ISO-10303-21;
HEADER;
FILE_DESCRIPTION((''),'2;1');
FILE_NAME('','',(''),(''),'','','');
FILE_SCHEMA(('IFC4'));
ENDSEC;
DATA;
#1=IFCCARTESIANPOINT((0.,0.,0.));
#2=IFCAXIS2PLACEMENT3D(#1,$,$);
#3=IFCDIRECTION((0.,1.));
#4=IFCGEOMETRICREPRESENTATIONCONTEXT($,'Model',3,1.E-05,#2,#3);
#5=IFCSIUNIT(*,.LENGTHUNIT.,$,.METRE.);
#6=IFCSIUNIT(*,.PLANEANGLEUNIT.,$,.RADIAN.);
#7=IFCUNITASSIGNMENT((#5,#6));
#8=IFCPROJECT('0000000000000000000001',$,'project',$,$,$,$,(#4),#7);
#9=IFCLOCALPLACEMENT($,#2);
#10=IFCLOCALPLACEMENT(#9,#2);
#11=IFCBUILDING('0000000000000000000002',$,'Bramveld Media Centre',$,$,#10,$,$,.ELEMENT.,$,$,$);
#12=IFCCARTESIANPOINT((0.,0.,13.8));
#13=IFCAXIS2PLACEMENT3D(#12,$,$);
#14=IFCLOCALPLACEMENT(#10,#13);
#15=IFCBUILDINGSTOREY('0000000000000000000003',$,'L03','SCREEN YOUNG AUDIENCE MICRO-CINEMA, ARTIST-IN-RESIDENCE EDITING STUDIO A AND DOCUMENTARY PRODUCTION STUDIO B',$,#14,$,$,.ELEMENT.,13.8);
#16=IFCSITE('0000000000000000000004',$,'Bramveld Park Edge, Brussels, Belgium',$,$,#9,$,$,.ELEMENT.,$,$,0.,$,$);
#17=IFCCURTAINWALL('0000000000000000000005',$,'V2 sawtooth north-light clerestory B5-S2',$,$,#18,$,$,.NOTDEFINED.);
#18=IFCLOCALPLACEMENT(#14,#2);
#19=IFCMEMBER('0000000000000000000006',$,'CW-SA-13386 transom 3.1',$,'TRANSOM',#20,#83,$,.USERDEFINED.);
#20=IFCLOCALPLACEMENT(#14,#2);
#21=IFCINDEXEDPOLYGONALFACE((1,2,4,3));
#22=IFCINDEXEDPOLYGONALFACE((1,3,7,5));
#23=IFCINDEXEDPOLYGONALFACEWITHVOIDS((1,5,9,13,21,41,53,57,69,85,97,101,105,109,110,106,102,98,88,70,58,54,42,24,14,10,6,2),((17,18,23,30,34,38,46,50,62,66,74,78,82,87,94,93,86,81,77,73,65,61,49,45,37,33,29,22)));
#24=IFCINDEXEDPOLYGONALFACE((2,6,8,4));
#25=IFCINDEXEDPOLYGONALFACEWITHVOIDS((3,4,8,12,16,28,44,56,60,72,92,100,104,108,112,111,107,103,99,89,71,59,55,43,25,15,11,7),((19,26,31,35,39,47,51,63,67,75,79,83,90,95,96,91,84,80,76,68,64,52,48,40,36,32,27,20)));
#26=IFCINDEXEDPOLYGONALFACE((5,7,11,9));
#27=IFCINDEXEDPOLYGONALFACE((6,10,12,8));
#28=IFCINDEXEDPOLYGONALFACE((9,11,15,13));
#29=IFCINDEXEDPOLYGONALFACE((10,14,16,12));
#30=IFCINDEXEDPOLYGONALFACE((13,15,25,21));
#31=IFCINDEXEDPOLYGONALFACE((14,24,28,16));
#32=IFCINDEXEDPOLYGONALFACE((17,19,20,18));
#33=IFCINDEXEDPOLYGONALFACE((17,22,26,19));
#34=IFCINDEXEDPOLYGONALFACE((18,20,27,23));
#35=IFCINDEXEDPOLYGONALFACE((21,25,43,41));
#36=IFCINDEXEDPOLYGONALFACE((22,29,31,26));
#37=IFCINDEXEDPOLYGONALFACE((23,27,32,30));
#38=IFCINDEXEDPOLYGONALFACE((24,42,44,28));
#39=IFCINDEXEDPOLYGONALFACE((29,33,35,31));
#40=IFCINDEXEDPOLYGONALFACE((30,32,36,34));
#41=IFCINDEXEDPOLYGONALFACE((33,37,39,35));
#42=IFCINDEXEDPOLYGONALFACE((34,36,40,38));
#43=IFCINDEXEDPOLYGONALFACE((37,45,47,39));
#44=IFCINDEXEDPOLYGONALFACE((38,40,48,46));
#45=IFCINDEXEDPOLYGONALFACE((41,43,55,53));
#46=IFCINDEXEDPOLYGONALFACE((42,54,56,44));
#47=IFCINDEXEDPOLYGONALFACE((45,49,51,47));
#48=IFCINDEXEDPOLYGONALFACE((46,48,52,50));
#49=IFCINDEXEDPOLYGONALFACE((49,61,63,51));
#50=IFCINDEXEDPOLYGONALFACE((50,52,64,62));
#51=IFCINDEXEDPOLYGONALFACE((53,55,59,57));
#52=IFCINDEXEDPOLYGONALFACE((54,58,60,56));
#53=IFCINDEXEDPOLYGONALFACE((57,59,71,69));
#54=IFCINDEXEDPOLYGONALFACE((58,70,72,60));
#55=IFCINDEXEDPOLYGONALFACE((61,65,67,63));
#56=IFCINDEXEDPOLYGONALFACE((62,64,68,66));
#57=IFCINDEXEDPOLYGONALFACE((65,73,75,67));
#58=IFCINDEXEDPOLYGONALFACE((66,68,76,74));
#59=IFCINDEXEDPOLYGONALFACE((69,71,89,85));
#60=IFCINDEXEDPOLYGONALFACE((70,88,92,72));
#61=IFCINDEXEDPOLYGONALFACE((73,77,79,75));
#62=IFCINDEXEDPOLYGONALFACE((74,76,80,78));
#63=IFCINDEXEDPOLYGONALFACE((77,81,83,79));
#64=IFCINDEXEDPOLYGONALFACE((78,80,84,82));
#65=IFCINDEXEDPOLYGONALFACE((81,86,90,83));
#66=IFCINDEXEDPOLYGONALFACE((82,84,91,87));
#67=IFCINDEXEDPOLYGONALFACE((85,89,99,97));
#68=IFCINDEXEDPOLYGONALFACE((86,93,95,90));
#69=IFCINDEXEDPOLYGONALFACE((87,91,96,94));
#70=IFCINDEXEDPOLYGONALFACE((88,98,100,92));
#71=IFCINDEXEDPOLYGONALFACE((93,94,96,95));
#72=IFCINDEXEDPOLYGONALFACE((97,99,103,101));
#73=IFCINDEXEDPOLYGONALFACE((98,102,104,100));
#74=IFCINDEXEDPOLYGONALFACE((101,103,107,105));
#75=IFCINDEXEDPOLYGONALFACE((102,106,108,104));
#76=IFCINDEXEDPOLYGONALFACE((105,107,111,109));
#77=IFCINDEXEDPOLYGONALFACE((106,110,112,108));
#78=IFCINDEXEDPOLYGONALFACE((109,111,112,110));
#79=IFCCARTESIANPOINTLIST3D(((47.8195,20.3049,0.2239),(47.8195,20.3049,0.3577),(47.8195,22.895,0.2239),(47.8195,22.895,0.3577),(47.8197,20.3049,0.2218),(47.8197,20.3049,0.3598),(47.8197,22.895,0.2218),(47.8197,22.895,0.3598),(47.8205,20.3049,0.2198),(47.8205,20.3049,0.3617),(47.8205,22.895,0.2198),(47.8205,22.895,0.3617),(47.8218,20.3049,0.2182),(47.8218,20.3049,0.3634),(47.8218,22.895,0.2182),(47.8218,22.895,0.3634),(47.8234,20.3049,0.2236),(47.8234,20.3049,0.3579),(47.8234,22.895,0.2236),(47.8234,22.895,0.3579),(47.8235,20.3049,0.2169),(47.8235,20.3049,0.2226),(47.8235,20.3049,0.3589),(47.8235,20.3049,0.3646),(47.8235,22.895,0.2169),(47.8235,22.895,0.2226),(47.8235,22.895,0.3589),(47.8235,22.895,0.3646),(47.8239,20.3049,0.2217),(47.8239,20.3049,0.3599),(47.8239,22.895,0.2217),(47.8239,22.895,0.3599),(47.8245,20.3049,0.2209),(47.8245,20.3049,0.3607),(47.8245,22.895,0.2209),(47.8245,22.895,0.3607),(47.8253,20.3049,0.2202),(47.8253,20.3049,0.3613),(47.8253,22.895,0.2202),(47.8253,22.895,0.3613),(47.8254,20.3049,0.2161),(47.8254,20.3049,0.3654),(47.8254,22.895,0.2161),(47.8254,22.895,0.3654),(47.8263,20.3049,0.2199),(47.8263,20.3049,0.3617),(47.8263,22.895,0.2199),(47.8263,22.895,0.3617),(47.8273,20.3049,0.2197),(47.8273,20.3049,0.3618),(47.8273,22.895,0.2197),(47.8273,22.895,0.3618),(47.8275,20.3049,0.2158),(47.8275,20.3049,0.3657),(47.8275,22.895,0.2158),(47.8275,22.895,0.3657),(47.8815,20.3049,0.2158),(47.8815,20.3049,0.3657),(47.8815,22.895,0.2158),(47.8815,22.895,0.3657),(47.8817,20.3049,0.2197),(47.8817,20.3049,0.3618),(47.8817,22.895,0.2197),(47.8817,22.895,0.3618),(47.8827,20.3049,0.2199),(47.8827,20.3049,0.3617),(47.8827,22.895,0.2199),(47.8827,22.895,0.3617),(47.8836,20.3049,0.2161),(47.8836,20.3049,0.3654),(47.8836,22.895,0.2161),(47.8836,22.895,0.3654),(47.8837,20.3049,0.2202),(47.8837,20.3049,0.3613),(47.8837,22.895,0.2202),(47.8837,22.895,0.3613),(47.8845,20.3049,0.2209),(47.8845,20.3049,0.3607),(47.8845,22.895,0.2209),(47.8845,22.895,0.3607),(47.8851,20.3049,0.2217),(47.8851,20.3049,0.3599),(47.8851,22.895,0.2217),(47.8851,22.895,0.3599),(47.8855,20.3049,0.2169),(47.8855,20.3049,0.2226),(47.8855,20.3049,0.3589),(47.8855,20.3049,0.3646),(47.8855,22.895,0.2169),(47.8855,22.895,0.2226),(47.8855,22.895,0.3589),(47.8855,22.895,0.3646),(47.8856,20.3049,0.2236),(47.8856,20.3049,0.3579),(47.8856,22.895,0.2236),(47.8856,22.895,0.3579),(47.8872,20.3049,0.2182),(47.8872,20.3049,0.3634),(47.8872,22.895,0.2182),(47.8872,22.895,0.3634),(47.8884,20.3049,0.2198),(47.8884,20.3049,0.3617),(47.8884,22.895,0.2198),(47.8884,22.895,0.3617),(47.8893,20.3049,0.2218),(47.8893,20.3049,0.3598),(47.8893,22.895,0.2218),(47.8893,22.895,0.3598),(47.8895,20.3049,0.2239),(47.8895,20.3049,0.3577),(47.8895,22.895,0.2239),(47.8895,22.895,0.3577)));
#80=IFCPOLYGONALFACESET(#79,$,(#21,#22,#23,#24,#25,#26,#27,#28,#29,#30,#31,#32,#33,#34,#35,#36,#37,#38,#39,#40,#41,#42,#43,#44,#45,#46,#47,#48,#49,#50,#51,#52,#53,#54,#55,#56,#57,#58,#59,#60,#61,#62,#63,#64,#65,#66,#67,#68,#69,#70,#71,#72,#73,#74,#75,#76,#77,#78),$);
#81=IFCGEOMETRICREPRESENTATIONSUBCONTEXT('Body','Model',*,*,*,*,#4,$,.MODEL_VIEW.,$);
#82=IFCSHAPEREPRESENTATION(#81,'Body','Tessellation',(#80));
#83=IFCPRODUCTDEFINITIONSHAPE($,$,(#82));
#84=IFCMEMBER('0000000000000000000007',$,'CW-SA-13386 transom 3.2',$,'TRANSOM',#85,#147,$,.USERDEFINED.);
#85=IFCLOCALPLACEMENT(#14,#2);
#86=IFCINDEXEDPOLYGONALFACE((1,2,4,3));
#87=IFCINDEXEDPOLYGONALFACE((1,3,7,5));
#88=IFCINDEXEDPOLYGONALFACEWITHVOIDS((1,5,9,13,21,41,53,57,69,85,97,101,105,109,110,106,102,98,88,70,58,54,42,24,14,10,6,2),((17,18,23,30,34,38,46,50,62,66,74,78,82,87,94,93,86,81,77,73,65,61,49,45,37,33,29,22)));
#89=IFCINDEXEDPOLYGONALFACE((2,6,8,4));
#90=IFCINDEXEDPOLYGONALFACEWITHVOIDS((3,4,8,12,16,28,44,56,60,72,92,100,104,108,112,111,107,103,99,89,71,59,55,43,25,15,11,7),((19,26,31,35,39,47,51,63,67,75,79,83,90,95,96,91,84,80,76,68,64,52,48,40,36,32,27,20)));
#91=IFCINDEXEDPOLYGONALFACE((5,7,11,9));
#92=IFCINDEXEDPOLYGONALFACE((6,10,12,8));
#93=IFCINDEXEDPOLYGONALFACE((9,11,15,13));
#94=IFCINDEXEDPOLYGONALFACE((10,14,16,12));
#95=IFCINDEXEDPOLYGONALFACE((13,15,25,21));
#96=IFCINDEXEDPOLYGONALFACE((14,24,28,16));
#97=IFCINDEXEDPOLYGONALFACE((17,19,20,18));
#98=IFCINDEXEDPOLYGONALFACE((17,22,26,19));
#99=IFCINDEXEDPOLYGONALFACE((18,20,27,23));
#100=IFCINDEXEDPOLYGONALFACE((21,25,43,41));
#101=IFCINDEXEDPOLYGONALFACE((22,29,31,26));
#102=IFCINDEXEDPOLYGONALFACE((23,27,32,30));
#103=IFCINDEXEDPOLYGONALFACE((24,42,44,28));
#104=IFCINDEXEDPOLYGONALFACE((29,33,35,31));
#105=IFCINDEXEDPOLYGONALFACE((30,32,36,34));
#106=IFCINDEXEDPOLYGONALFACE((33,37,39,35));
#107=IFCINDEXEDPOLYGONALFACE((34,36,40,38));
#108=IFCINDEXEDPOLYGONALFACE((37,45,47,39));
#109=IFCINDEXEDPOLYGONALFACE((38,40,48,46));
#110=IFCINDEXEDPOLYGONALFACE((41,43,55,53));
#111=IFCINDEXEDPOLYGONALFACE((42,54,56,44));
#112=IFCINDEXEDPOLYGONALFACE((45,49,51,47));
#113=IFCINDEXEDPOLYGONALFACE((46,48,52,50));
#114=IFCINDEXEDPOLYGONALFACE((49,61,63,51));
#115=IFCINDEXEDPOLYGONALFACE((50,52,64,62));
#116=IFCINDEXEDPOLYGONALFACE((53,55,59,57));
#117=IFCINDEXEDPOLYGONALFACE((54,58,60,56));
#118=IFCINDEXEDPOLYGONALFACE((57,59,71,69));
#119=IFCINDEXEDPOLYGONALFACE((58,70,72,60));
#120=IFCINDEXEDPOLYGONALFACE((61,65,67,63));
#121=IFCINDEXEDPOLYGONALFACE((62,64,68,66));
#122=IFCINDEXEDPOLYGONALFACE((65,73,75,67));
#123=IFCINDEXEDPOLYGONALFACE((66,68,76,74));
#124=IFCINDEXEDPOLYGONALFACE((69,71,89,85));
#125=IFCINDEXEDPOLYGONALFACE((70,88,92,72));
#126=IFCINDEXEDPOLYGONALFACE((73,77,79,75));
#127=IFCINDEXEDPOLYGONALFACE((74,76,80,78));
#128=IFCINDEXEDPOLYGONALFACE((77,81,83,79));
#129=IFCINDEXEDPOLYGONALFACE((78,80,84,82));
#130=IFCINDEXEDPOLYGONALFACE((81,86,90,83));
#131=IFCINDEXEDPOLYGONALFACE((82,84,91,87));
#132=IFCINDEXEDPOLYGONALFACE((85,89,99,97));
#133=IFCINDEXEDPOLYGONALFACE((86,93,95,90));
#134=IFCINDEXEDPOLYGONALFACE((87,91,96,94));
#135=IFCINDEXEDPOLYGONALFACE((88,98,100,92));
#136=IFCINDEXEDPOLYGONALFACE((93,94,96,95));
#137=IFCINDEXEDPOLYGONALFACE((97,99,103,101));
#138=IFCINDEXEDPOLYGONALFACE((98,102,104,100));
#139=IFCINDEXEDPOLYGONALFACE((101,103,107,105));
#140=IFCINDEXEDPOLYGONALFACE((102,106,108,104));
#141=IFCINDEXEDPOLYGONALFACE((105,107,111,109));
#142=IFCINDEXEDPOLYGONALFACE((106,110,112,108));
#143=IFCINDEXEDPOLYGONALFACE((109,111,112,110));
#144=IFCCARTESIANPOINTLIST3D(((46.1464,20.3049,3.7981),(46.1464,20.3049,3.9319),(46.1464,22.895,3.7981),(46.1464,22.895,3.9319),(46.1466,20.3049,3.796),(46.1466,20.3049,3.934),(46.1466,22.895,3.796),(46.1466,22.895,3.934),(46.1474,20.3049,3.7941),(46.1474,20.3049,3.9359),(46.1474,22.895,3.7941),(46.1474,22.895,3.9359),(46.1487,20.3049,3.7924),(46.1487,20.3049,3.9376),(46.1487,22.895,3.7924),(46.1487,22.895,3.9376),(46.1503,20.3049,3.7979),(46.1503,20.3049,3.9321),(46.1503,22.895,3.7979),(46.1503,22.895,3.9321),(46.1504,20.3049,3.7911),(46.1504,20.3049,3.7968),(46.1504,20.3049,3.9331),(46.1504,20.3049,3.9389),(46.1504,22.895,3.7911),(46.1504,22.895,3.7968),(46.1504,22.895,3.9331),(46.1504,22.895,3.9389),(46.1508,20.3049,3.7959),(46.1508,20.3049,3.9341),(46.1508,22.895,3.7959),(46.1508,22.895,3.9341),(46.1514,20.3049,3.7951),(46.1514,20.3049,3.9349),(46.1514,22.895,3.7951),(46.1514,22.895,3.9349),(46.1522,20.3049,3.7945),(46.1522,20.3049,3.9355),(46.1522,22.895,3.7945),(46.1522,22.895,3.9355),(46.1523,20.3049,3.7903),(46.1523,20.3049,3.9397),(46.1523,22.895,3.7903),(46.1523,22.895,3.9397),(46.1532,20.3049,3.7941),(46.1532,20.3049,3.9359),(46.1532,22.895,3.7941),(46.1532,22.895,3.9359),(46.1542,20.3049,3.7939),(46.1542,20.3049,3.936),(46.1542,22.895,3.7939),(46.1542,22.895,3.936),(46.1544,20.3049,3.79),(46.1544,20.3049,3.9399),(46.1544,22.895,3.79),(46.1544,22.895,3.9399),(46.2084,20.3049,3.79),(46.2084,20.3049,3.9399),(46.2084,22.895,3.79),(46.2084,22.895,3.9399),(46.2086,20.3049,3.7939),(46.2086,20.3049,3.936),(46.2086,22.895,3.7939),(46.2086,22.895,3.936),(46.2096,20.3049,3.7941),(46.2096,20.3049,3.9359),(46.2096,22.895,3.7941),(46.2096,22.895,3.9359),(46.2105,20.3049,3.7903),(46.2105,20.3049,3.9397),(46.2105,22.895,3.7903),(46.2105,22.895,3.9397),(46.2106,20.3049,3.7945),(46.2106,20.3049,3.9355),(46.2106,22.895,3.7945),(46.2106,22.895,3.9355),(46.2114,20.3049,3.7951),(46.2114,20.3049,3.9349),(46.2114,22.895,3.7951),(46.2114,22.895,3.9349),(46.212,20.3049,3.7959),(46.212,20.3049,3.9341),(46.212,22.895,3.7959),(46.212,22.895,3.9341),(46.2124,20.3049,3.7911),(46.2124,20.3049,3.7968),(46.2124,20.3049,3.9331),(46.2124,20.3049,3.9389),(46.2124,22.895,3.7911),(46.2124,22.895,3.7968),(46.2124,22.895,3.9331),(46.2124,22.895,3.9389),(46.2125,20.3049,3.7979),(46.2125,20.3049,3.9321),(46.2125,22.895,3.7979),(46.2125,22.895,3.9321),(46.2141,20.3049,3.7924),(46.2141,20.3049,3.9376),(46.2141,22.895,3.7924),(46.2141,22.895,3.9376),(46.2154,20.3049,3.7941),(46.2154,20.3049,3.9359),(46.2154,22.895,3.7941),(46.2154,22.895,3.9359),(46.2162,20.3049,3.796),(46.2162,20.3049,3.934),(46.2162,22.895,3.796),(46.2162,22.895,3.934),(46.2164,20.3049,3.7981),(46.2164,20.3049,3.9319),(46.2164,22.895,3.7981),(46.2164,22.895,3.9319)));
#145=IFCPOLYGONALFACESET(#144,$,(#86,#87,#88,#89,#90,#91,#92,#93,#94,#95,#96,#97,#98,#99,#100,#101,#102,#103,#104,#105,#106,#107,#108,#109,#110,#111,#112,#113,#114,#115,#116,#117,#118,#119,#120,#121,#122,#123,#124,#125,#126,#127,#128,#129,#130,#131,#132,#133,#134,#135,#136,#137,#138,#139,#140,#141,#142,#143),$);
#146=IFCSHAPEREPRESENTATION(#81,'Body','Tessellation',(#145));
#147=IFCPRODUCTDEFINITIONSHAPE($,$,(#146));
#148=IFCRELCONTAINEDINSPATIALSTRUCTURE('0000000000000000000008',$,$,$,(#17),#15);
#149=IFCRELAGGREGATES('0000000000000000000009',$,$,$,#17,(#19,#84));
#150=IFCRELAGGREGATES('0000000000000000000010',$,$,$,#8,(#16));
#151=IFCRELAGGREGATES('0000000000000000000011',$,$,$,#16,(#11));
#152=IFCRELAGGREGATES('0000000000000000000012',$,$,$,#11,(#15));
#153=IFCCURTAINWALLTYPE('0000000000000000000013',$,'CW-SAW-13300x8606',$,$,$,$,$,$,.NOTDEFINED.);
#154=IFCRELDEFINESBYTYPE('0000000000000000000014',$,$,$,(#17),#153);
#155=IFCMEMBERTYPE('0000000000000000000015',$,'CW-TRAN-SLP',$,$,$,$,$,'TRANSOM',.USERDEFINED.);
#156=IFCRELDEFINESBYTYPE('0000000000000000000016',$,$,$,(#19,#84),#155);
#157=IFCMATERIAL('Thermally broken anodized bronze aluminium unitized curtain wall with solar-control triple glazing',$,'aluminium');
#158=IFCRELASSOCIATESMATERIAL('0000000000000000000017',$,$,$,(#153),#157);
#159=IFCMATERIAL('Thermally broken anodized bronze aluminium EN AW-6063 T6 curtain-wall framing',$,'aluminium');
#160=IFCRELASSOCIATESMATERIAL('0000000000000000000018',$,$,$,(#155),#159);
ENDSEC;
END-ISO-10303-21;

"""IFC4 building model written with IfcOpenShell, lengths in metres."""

from ifc_helpers import new_model, si_unit, direction, frame, origin, origin_2d, place, context, subcontext, project, spatial, hollow_rectangle, extrude, material, material_profile, profile_set, type_object, element, aggregate, save


model = new_model("IFC4")

# Units and contexts
model_context = context("Model", 3, precision=1e-05, world=origin(), true_north=direction((0.0, 1.0)))
body_context = subcontext(model_context, "Body", "Model", "MODEL_VIEW")
ifc_project = project(units=[si_unit("LENGTHUNIT", "METRE"), si_unit("PLANEANGLEUNIT", "RADIAN")], contexts=[model_context])

# Site, building, storey
site_placement = place(None, origin())
site = spatial("IfcSite", under=ifc_project, at=site_placement, Name="Bramveld Park Edge, Brussels, Belgium", CompositionType="ELEMENT", RefElevation=0.0)
building_placement = place(site_placement, origin())
building = spatial("IfcBuilding", under=site, at=building_placement, Name="Bramveld Media Centre", CompositionType="ELEMENT")
storey_placement = place(building_placement, frame((0.0, 0.0, 13.8)))
storey = spatial("IfcBuildingStorey", under=building, at=storey_placement, Name="L03", Description="SCREEN YOUNG AUDIENCE MICRO-CINEMA, ARTIST-IN-RESIDENCE EDITING STUDIO A AND DOCUMENTARY PRODUCTION STUDIO B", CompositionType="ELEMENT", Elevation=13.8)

# Curtain wall, members
ifc_material_1 = material(Name="Thermally broken anodized bronze aluminium unitized curtain wall with solar-control triple glazing", Category="aluminium")
curtain_wall_type = type_object("IfcCurtainWallType", Name="CW-SAW-13300x8606", PredefinedType="NOTDEFINED", material=ifc_material_1)
curtain_wall_placement = place(storey_placement, origin())
curtain_wall = element("IfcCurtainWall", 1, at=curtain_wall_placement, inside=storey, type_object=curtain_wall_type, Name="V2 sawtooth north-light clerestory B5-S2", PredefinedType="NOTDEFINED")
ifc_material_2 = material(Name="Thermally broken anodized bronze aluminium EN AW-6063 T6 curtain-wall framing", Category="aluminium")
ifc_material_profile_1 = material_profile(ifc_material_2, hollow_rectangle(XDim=0.0701, YDim=0.1499, WallThickness=0.0039, InnerFilletRadius=0.0039, OuterFilletRadius=0.0081, at=origin_2d()), Name="AL-TRAN 70x150")
ifc_profile_set_1 = profile_set([ifc_material_profile_1], Name="Thermally broken anodized bronze aluminium EN AW-6063 T6 curtain-wall framing")
member_type_1 = type_object("IfcMemberType", Name="CW-TRAN-SLP", ElementType="TRANSOM", PredefinedType="USERDEFINED", material=ifc_profile_set_1)
member_1_placement = place(storey_placement, frame((47.8545, 20.3049, 0.2908), z_axis=(0.0, 1.0, 0.0), x_axis=(-1.0, 0.0, 0.0)))
member_1 = element("IfcMember", 2, at=member_1_placement, type_object=member_type_1, Name="CW-SA-13386 transom 3.1", ObjectType="TRANSOM", PredefinedType="USERDEFINED", context=body_context, shape_type="SweptSolid", body=[
    extrude(hollow_rectangle(XDim=0.0701, YDim=0.1499, WallThickness=0.0039, InnerFilletRadius=0.0039, OuterFilletRadius=0.0081, at=origin_2d()), origin(), (0.0, 0.0, 1.0), 2.5901),
])
member_2_placement = place(storey_placement, frame((46.1814, 20.3049, 3.865), z_axis=(0.0, 1.0, 0.0), x_axis=(-1.0, 0.0, 0.0)))
member_2 = element("IfcMember", 3, at=member_2_placement, type_object=member_type_1, Name="CW-SA-13386 transom 3.2", ObjectType="TRANSOM", PredefinedType="USERDEFINED", context=body_context, shape_type="SweptSolid", body=[
    extrude(hollow_rectangle(XDim=0.0701, YDim=0.1499, WallThickness=0.0039, InnerFilletRadius=0.0039, OuterFilletRadius=0.0081, at=origin_2d()), origin(), (0.0, 0.0, 1.0), 2.5901),
])

aggregate(curtain_wall, [member_1, member_2])

save(model, "model.ifc")
